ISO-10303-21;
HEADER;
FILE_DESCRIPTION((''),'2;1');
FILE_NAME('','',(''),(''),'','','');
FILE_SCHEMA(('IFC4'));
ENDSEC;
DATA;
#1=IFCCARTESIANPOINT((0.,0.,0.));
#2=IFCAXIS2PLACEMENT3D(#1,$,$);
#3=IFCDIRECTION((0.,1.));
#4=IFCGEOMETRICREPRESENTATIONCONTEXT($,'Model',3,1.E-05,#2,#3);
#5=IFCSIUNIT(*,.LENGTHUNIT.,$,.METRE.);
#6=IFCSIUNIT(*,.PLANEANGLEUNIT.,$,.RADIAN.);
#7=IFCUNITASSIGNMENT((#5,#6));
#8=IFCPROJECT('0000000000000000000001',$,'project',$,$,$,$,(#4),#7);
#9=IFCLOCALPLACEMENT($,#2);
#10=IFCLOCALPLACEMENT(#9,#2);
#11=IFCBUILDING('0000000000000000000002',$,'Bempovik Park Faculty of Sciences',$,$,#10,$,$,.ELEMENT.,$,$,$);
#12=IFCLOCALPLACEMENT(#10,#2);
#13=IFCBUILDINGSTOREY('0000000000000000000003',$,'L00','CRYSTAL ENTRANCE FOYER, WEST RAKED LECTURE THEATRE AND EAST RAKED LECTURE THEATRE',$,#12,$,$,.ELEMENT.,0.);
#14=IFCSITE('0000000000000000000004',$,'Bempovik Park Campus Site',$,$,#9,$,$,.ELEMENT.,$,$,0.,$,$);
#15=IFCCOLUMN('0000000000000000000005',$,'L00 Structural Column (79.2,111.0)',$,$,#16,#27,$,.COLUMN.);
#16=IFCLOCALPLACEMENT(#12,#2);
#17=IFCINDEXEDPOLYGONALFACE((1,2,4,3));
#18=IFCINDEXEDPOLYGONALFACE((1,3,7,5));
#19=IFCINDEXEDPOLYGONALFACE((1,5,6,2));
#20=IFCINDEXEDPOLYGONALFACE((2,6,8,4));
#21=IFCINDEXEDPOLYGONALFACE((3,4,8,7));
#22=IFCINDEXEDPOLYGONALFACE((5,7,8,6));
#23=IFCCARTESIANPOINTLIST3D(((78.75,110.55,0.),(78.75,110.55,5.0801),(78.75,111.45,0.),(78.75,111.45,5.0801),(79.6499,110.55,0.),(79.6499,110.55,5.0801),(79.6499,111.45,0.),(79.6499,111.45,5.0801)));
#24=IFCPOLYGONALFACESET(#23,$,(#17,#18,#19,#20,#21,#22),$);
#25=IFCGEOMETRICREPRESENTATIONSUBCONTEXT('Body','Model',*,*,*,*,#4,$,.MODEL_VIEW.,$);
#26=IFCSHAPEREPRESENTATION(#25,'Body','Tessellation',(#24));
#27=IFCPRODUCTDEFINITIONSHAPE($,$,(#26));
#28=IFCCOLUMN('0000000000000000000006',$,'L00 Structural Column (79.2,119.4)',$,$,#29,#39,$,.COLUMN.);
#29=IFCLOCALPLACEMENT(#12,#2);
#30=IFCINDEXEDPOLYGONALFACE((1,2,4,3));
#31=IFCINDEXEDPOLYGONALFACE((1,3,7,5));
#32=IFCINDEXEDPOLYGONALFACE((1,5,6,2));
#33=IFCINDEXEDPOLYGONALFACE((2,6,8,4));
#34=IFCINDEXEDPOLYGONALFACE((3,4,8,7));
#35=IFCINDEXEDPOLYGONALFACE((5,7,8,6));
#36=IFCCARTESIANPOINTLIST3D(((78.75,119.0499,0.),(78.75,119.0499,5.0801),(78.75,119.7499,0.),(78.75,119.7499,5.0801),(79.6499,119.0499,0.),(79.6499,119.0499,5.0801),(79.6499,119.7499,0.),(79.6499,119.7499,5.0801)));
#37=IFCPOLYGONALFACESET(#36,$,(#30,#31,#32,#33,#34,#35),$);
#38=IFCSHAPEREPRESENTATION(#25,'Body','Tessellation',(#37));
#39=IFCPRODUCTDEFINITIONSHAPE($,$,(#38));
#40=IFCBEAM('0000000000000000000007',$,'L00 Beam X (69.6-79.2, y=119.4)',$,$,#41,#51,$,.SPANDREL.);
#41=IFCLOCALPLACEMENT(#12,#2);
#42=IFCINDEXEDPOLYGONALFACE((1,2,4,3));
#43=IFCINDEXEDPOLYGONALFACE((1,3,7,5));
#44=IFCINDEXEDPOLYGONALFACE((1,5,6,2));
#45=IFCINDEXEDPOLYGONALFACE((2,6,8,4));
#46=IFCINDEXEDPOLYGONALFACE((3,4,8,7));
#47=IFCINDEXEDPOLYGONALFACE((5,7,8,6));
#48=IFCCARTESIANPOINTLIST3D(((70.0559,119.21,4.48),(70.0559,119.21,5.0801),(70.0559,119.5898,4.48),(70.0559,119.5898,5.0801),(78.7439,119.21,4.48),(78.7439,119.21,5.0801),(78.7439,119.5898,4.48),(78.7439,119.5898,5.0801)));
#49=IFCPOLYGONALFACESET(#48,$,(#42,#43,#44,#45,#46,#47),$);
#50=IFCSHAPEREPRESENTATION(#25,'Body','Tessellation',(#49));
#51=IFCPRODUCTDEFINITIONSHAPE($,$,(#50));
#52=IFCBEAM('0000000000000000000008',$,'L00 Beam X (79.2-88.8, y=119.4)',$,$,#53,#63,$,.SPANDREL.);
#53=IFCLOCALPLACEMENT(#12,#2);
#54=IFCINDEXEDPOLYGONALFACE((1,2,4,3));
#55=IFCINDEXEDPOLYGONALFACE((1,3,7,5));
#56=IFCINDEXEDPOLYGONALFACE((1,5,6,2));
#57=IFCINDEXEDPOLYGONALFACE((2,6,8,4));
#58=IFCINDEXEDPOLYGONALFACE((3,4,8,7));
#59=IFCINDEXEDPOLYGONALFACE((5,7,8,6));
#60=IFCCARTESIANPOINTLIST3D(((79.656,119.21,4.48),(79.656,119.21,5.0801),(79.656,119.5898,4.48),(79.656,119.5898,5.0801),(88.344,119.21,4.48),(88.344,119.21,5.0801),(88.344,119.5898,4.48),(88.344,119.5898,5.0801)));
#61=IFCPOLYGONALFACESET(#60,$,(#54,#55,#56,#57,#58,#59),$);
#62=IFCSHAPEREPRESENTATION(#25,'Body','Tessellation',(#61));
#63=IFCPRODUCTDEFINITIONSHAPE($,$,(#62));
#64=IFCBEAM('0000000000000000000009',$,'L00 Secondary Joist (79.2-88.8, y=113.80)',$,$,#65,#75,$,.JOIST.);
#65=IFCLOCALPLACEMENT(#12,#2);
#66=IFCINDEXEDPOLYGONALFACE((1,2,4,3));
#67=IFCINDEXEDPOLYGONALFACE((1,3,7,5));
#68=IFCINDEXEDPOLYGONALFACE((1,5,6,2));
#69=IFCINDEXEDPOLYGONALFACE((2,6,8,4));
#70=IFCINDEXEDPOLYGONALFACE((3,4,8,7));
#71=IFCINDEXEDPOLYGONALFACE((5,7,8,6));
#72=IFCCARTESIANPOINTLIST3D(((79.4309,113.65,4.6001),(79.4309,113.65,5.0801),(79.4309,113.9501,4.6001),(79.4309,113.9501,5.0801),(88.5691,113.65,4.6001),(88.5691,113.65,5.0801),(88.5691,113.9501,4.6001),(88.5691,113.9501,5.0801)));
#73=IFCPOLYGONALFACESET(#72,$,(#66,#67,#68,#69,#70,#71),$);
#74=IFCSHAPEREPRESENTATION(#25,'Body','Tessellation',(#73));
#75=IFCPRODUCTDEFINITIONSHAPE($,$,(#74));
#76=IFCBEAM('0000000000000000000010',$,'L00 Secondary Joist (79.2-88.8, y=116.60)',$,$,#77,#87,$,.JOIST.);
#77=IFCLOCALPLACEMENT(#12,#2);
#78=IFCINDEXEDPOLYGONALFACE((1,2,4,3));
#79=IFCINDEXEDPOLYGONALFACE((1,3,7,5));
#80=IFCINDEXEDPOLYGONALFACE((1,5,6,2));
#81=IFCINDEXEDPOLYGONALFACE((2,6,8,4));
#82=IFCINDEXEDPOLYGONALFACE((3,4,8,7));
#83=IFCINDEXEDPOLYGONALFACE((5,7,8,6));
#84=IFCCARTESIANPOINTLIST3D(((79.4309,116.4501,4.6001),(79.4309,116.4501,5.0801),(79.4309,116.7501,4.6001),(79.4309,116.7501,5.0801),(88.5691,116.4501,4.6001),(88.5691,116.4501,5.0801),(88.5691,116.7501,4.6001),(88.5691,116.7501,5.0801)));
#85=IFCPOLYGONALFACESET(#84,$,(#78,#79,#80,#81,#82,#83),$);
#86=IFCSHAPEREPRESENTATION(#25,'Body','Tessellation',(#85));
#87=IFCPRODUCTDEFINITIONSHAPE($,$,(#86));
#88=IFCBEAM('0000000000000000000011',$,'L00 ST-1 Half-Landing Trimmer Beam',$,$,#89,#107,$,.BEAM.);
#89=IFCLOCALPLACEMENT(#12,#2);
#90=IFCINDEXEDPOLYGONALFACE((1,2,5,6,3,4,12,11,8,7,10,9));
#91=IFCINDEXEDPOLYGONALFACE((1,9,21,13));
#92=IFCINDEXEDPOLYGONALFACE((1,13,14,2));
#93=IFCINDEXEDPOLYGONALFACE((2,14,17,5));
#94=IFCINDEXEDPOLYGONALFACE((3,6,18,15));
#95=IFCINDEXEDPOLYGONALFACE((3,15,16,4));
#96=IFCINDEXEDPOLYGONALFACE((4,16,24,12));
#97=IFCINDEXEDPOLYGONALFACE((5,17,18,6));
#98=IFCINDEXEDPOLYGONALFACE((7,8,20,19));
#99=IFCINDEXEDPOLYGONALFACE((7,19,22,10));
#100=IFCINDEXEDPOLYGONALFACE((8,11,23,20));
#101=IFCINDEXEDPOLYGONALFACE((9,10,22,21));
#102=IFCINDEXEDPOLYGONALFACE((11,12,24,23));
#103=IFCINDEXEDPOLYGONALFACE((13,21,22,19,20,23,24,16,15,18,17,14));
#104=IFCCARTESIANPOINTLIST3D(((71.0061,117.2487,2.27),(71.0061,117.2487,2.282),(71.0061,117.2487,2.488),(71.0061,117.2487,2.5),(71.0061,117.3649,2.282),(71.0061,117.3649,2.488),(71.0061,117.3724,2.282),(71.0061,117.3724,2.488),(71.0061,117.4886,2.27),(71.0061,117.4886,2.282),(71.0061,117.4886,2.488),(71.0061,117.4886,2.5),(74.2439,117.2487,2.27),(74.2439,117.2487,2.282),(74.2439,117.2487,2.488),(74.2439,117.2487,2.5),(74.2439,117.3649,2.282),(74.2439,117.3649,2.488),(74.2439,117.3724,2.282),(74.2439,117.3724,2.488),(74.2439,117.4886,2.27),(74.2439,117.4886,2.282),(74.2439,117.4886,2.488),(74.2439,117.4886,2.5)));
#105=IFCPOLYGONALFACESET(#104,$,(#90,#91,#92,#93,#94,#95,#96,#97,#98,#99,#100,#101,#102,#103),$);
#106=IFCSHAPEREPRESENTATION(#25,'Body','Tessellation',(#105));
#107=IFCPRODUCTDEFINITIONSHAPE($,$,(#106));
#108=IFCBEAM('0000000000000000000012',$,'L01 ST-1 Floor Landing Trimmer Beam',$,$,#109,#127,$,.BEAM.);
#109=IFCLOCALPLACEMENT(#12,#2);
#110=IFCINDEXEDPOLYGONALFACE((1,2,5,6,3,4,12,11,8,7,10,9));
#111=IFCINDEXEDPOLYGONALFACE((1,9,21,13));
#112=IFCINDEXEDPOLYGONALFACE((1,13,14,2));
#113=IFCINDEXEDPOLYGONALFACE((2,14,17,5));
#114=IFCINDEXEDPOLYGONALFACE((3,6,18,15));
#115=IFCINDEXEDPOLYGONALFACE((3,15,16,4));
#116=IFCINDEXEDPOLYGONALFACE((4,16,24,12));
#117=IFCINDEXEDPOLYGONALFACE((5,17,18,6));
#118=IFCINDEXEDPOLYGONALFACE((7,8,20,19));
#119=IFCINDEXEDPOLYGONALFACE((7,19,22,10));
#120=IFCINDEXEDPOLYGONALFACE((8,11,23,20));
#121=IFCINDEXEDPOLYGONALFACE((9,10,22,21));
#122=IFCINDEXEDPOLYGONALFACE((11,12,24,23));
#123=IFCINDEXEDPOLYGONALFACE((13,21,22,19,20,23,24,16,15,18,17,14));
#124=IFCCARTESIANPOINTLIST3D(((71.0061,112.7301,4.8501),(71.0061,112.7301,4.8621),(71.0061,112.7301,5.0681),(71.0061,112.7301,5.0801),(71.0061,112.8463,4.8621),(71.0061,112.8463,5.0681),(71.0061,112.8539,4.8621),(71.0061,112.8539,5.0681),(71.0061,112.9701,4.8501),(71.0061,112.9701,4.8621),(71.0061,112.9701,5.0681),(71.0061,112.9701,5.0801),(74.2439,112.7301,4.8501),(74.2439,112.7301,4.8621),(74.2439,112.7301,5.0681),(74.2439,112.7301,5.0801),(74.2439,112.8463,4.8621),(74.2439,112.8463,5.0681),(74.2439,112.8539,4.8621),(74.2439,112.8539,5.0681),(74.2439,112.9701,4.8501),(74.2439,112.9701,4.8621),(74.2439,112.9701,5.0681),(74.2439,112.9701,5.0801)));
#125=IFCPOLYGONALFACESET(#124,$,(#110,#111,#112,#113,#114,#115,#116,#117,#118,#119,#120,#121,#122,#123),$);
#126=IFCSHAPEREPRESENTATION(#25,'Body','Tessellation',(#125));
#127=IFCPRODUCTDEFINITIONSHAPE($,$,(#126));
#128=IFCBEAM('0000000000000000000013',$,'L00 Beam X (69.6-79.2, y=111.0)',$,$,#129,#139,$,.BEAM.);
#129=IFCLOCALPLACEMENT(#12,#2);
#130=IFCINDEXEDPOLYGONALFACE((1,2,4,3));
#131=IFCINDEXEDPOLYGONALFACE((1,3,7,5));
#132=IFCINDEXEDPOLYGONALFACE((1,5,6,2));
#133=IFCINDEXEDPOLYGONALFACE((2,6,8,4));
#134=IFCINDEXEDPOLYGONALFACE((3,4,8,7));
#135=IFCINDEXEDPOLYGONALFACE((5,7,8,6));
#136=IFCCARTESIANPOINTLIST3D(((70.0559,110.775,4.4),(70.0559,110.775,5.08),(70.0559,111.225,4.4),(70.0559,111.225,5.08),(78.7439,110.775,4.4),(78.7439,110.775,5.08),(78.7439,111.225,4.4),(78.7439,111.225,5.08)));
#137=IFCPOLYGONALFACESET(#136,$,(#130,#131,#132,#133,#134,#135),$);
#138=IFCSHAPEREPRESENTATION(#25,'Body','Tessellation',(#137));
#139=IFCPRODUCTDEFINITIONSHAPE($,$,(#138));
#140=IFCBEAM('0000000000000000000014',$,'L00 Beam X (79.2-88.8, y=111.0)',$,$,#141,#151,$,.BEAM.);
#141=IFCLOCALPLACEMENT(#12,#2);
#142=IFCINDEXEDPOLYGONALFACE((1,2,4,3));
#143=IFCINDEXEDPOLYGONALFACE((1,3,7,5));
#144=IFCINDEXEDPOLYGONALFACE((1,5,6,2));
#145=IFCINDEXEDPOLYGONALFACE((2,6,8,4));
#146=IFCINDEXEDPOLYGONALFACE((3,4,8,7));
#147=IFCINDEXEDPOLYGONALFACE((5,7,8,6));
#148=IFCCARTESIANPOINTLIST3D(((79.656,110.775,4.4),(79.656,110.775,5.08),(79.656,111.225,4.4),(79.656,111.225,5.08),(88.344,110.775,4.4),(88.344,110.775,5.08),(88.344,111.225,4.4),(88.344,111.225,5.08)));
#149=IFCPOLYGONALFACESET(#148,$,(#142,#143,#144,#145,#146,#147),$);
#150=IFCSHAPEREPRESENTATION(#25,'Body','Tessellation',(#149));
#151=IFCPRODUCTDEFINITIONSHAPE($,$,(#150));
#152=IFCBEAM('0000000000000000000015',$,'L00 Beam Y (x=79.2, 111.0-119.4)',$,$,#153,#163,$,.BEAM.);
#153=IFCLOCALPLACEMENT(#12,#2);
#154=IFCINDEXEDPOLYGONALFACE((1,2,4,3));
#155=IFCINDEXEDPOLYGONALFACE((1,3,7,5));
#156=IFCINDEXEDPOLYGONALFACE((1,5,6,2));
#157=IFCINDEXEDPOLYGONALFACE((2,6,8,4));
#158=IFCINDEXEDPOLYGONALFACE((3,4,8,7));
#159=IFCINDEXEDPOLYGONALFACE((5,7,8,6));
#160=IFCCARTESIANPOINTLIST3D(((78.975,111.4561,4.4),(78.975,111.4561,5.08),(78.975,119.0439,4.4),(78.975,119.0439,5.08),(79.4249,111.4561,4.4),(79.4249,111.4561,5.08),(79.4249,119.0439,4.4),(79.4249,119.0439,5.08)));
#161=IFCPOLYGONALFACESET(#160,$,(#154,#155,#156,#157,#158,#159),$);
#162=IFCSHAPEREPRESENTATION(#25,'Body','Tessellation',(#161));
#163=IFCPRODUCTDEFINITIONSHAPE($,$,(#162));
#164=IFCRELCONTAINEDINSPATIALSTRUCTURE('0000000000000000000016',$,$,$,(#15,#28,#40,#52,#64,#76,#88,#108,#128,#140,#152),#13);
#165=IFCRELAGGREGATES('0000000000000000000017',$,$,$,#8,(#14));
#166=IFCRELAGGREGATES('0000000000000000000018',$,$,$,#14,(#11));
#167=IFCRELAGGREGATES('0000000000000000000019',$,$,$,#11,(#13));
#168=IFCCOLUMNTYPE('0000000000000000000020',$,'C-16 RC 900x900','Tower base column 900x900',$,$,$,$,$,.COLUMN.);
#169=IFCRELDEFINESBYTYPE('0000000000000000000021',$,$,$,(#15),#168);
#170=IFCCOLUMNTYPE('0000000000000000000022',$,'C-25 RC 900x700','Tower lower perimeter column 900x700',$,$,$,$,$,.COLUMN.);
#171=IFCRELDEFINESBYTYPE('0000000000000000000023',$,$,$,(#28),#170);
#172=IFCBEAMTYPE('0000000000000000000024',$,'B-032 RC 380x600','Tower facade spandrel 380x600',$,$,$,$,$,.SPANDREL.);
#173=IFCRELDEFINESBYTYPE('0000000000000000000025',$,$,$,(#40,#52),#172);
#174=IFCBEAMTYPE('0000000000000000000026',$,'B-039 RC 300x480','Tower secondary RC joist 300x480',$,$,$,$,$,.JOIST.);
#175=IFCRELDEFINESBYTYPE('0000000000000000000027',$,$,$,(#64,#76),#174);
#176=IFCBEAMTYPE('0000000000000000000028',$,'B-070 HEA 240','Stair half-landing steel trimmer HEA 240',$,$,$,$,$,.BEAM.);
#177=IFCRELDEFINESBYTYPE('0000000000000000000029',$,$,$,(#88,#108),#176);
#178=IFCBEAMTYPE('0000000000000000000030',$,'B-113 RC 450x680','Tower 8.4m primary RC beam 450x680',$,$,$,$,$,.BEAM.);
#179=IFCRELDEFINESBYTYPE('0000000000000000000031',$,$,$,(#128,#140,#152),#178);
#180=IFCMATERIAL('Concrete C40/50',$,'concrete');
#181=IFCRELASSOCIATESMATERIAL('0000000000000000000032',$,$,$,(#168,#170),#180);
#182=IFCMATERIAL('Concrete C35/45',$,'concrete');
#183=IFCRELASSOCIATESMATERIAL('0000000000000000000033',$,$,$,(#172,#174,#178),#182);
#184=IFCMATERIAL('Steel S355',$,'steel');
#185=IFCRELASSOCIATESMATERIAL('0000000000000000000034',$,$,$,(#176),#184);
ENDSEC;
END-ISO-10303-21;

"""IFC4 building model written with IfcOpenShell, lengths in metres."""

from ifc_helpers import new_model, si_unit, direction, frame, origin, origin_2d, place, context, subcontext, project, spatial, rectangle, i_section, extrude, material, material_profile, profile_set, type_object, element, save


model = new_model("IFC4")

# Units and contexts
model_context = context("Model", 3, precision=1e-05, world=origin(), true_north=direction((0.0, 1.0)))
body_context = subcontext(model_context, "Body", "Model", "MODEL_VIEW")
ifc_project = project(units=[si_unit("LENGTHUNIT", "METRE"), si_unit("PLANEANGLEUNIT", "RADIAN")], contexts=[model_context])

# Site, building, storey
site_placement = place(None, origin())
site = spatial("IfcSite", under=ifc_project, at=site_placement, Name="Bempovik Park Campus Site", CompositionType="ELEMENT", RefElevation=0.0)
building_placement = place(site_placement, origin())
building = spatial("IfcBuilding", under=site, at=building_placement, Name="Bempovik Park Faculty of Sciences", CompositionType="ELEMENT")
storey_placement = place(building_placement, origin())
storey = spatial("IfcBuildingStorey", under=building, at=storey_placement, Name="L00", Description="CRYSTAL ENTRANCE FOYER, WEST RAKED LECTURE THEATRE AND EAST RAKED LECTURE THEATRE", CompositionType="ELEMENT", Elevation=0.0)

# Columns
ifc_material_1 = material(Name="Concrete C40/50", Category="concrete")
ifc_material_profile_1 = material_profile(ifc_material_1, rectangle(XDim=0.8999, YDim=0.8999, at=origin_2d()), Name="RC 900x900")
ifc_profile_set_1 = profile_set([ifc_material_profile_1], Name="Concrete C40/50")
column_type_1 = type_object("IfcColumnType", Name="C-16 RC 900x900", Description="Tower base column 900x900", PredefinedType="COLUMN", material=ifc_profile_set_1)
column_1_placement = place(storey_placement, frame((79.2, 111.0, 0.0), z_axis=(0.0, 0.0, 1.0), x_axis=(1.0, 0.0, 0.0)))
element("IfcColumn", 1, at=column_1_placement, inside=storey, type_object=column_type_1, Name="L00 Structural Column (79.2,111.0)", PredefinedType="COLUMN", context=body_context, shape_type="SweptSolid", body=[
    extrude(rectangle(XDim=0.8999, YDim=0.8999, at=origin_2d()), origin(), (0.0, 0.0, 1.0), 5.0801),
])
ifc_material_profile_2 = material_profile(ifc_material_1, rectangle(XDim=0.8999, YDim=0.7, at=origin_2d()), Name="RC 900x700")
ifc_profile_set_2 = profile_set([ifc_material_profile_2], Name="Concrete C40/50")
column_type_2 = type_object("IfcColumnType", Name="C-25 RC 900x700", Description="Tower lower perimeter column 900x700", PredefinedType="COLUMN", material=ifc_profile_set_2)
column_2_placement = place(storey_placement, frame((79.2, 119.3999, 0.0), z_axis=(0.0, 0.0, 1.0), x_axis=(1.0, 0.0, 0.0)))
element("IfcColumn", 2, at=column_2_placement, inside=storey, type_object=column_type_2, Name="L00 Structural Column (79.2,119.4)", PredefinedType="COLUMN", context=body_context, shape_type="SweptSolid", body=[
    extrude(rectangle(XDim=0.8999, YDim=0.7, at=origin_2d()), origin(), (0.0, 0.0, 1.0), 5.0801),
])

# Beams
ifc_material_2 = material(Name="Concrete C35/45", Category="concrete")
ifc_material_profile_3 = material_profile(ifc_material_2, rectangle(XDim=0.3799, YDim=0.6001, at=origin_2d()), Name="RC 380x600")
ifc_profile_set_3 = profile_set([ifc_material_profile_3], Name="Concrete C35/45")
beam_type_1 = type_object("IfcBeamType", Name="B-032 RC 380x600", Description="Tower facade spandrel 380x600", PredefinedType="SPANDREL", material=ifc_profile_set_3)
for number, where, z_axis, x_axis, name in (
    (3, (70.0559, 119.3999, 4.78), (1.0, 0.0, 0.0), (0.0, 1.0, 0.0), "L00 Beam X (69.6-79.2, y=119.4)"),
    (4, (79.656, 119.3999, 4.78), (1.0, 0.0, 0.0), (0.0, 1.0, 0.0), "L00 Beam X (79.2-88.8, y=119.4)"),
):
    element("IfcBeam", number, at=place(storey_placement, frame(where, z_axis=z_axis, x_axis=x_axis)), inside=storey, type_object=beam_type_1, Name=name, PredefinedType="SPANDREL", context=body_context, shape_type="SweptSolid", body=[
        extrude(rectangle(XDim=0.3799, YDim=0.6001, at=origin_2d()), origin(), (0.0, 0.0, 1.0), 8.688),
    ])
ifc_material_profile_4 = material_profile(ifc_material_2, rectangle(XDim=0.3, YDim=0.48, at=origin_2d()), Name="RC 300x480")
ifc_profile_set_4 = profile_set([ifc_material_profile_4], Name="Concrete C35/45")
beam_type_2 = type_object("IfcBeamType", Name="B-039 RC 300x480", Description="Tower secondary RC joist 300x480", PredefinedType="JOIST", material=ifc_profile_set_4)
for number, where, z_axis, x_axis, name in (
    (5, (79.4309, 113.8, 4.8401), (1.0, 0.0, 0.0), (0.0, 1.0, 0.0), "L00 Secondary Joist (79.2-88.8, y=113.80)"),
    (6, (79.4309, 116.6001, 4.8401), (1.0, 0.0, 0.0), (0.0, 1.0, 0.0), "L00 Secondary Joist (79.2-88.8, y=116.60)"),
):
    element("IfcBeam", number, at=place(storey_placement, frame(where, z_axis=z_axis, x_axis=x_axis)), inside=storey, type_object=beam_type_2, Name=name, PredefinedType="JOIST", context=body_context, shape_type="SweptSolid", body=[
        extrude(rectangle(XDim=0.3, YDim=0.48, at=origin_2d()), origin(), (0.0, 0.0, 1.0), 9.1382),
    ])
ifc_material_3 = material(Name="Steel S355", Category="steel")
ifc_material_profile_5 = material_profile(ifc_material_3, i_section(OverallWidth=0.24, OverallDepth=0.23, WebThickness=0.0076, FlangeThickness=0.012, at=origin_2d()), Name="HEA 240")
ifc_profile_set_5 = profile_set([ifc_material_profile_5], Name="Steel S355")
beam_type_3 = type_object("IfcBeamType", Name="B-070 HEA 240", Description="Stair half-landing steel trimmer HEA 240", PredefinedType="BEAM", material=ifc_profile_set_5)
for number, where, z_axis, x_axis, name in (
    (7, (71.0061, 117.3687, 2.385), (1.0, 0.0, 0.0), (0.0, 1.0, 0.0), "L00 ST-1 Half-Landing Trimmer Beam"),
    (8, (71.0061, 112.8501, 4.9651), (1.0, 0.0, 0.0), (0.0, 1.0, 0.0), "L01 ST-1 Floor Landing Trimmer Beam"),
):
    element("IfcBeam", number, at=place(storey_placement, frame(where, z_axis=z_axis, x_axis=x_axis)), inside=storey, type_object=beam_type_3, Name=name, PredefinedType="BEAM", context=body_context, shape_type="SweptSolid", body=[
        extrude(i_section(OverallWidth=0.24, OverallDepth=0.23, WebThickness=0.0076, FlangeThickness=0.012, at=origin_2d()), origin(), (0.0, 0.0, 1.0), 3.2378),
    ])
ifc_material_profile_6 = material_profile(ifc_material_2, rectangle(XDim=0.45, YDim=0.6799, at=origin_2d()), Name="RC 450x680")
ifc_profile_set_6 = profile_set([ifc_material_profile_6], Name="Concrete C35/45")
beam_type_4 = type_object("IfcBeamType", Name="B-113 RC 450x680", Description="Tower 8.4m primary RC beam 450x680", PredefinedType="BEAM", material=ifc_profile_set_6)
for number, where, z_axis, x_axis, name in (
    (9, (70.0559, 111.0, 4.74), (1.0, 0.0, 0.0), (0.0, 1.0, 0.0), "L00 Beam X (69.6-79.2, y=111.0)"),
    (10, (79.656, 111.0, 4.74), (1.0, 0.0, 0.0), (0.0, 1.0, 0.0), "L00 Beam X (79.2-88.8, y=111.0)"),
):
    element("IfcBeam", number, at=place(storey_placement, frame(where, z_axis=z_axis, x_axis=x_axis)), inside=storey, type_object=beam_type_4, Name=name, PredefinedType="BEAM", context=body_context, shape_type="SweptSolid", body=[
        extrude(rectangle(XDim=0.45, YDim=0.6799, at=origin_2d()), origin(), (0.0, 0.0, 1.0), 8.688),
    ])
beam_placement = place(storey_placement, frame((79.2, 111.4561, 4.74), z_axis=(0.0, 1.0, 0.0), x_axis=(-1.0, 0.0, 0.0)))
element("IfcBeam", 11, at=beam_placement, inside=storey, type_object=beam_type_4, Name="L00 Beam Y (x=79.2, 111.0-119.4)", PredefinedType="BEAM", context=body_context, shape_type="SweptSolid", body=[
    extrude(rectangle(XDim=0.45, YDim=0.6799, at=origin_2d()), origin(), (0.0, 0.0, 1.0), 7.5879),
])

save(model, "model.ifc")
